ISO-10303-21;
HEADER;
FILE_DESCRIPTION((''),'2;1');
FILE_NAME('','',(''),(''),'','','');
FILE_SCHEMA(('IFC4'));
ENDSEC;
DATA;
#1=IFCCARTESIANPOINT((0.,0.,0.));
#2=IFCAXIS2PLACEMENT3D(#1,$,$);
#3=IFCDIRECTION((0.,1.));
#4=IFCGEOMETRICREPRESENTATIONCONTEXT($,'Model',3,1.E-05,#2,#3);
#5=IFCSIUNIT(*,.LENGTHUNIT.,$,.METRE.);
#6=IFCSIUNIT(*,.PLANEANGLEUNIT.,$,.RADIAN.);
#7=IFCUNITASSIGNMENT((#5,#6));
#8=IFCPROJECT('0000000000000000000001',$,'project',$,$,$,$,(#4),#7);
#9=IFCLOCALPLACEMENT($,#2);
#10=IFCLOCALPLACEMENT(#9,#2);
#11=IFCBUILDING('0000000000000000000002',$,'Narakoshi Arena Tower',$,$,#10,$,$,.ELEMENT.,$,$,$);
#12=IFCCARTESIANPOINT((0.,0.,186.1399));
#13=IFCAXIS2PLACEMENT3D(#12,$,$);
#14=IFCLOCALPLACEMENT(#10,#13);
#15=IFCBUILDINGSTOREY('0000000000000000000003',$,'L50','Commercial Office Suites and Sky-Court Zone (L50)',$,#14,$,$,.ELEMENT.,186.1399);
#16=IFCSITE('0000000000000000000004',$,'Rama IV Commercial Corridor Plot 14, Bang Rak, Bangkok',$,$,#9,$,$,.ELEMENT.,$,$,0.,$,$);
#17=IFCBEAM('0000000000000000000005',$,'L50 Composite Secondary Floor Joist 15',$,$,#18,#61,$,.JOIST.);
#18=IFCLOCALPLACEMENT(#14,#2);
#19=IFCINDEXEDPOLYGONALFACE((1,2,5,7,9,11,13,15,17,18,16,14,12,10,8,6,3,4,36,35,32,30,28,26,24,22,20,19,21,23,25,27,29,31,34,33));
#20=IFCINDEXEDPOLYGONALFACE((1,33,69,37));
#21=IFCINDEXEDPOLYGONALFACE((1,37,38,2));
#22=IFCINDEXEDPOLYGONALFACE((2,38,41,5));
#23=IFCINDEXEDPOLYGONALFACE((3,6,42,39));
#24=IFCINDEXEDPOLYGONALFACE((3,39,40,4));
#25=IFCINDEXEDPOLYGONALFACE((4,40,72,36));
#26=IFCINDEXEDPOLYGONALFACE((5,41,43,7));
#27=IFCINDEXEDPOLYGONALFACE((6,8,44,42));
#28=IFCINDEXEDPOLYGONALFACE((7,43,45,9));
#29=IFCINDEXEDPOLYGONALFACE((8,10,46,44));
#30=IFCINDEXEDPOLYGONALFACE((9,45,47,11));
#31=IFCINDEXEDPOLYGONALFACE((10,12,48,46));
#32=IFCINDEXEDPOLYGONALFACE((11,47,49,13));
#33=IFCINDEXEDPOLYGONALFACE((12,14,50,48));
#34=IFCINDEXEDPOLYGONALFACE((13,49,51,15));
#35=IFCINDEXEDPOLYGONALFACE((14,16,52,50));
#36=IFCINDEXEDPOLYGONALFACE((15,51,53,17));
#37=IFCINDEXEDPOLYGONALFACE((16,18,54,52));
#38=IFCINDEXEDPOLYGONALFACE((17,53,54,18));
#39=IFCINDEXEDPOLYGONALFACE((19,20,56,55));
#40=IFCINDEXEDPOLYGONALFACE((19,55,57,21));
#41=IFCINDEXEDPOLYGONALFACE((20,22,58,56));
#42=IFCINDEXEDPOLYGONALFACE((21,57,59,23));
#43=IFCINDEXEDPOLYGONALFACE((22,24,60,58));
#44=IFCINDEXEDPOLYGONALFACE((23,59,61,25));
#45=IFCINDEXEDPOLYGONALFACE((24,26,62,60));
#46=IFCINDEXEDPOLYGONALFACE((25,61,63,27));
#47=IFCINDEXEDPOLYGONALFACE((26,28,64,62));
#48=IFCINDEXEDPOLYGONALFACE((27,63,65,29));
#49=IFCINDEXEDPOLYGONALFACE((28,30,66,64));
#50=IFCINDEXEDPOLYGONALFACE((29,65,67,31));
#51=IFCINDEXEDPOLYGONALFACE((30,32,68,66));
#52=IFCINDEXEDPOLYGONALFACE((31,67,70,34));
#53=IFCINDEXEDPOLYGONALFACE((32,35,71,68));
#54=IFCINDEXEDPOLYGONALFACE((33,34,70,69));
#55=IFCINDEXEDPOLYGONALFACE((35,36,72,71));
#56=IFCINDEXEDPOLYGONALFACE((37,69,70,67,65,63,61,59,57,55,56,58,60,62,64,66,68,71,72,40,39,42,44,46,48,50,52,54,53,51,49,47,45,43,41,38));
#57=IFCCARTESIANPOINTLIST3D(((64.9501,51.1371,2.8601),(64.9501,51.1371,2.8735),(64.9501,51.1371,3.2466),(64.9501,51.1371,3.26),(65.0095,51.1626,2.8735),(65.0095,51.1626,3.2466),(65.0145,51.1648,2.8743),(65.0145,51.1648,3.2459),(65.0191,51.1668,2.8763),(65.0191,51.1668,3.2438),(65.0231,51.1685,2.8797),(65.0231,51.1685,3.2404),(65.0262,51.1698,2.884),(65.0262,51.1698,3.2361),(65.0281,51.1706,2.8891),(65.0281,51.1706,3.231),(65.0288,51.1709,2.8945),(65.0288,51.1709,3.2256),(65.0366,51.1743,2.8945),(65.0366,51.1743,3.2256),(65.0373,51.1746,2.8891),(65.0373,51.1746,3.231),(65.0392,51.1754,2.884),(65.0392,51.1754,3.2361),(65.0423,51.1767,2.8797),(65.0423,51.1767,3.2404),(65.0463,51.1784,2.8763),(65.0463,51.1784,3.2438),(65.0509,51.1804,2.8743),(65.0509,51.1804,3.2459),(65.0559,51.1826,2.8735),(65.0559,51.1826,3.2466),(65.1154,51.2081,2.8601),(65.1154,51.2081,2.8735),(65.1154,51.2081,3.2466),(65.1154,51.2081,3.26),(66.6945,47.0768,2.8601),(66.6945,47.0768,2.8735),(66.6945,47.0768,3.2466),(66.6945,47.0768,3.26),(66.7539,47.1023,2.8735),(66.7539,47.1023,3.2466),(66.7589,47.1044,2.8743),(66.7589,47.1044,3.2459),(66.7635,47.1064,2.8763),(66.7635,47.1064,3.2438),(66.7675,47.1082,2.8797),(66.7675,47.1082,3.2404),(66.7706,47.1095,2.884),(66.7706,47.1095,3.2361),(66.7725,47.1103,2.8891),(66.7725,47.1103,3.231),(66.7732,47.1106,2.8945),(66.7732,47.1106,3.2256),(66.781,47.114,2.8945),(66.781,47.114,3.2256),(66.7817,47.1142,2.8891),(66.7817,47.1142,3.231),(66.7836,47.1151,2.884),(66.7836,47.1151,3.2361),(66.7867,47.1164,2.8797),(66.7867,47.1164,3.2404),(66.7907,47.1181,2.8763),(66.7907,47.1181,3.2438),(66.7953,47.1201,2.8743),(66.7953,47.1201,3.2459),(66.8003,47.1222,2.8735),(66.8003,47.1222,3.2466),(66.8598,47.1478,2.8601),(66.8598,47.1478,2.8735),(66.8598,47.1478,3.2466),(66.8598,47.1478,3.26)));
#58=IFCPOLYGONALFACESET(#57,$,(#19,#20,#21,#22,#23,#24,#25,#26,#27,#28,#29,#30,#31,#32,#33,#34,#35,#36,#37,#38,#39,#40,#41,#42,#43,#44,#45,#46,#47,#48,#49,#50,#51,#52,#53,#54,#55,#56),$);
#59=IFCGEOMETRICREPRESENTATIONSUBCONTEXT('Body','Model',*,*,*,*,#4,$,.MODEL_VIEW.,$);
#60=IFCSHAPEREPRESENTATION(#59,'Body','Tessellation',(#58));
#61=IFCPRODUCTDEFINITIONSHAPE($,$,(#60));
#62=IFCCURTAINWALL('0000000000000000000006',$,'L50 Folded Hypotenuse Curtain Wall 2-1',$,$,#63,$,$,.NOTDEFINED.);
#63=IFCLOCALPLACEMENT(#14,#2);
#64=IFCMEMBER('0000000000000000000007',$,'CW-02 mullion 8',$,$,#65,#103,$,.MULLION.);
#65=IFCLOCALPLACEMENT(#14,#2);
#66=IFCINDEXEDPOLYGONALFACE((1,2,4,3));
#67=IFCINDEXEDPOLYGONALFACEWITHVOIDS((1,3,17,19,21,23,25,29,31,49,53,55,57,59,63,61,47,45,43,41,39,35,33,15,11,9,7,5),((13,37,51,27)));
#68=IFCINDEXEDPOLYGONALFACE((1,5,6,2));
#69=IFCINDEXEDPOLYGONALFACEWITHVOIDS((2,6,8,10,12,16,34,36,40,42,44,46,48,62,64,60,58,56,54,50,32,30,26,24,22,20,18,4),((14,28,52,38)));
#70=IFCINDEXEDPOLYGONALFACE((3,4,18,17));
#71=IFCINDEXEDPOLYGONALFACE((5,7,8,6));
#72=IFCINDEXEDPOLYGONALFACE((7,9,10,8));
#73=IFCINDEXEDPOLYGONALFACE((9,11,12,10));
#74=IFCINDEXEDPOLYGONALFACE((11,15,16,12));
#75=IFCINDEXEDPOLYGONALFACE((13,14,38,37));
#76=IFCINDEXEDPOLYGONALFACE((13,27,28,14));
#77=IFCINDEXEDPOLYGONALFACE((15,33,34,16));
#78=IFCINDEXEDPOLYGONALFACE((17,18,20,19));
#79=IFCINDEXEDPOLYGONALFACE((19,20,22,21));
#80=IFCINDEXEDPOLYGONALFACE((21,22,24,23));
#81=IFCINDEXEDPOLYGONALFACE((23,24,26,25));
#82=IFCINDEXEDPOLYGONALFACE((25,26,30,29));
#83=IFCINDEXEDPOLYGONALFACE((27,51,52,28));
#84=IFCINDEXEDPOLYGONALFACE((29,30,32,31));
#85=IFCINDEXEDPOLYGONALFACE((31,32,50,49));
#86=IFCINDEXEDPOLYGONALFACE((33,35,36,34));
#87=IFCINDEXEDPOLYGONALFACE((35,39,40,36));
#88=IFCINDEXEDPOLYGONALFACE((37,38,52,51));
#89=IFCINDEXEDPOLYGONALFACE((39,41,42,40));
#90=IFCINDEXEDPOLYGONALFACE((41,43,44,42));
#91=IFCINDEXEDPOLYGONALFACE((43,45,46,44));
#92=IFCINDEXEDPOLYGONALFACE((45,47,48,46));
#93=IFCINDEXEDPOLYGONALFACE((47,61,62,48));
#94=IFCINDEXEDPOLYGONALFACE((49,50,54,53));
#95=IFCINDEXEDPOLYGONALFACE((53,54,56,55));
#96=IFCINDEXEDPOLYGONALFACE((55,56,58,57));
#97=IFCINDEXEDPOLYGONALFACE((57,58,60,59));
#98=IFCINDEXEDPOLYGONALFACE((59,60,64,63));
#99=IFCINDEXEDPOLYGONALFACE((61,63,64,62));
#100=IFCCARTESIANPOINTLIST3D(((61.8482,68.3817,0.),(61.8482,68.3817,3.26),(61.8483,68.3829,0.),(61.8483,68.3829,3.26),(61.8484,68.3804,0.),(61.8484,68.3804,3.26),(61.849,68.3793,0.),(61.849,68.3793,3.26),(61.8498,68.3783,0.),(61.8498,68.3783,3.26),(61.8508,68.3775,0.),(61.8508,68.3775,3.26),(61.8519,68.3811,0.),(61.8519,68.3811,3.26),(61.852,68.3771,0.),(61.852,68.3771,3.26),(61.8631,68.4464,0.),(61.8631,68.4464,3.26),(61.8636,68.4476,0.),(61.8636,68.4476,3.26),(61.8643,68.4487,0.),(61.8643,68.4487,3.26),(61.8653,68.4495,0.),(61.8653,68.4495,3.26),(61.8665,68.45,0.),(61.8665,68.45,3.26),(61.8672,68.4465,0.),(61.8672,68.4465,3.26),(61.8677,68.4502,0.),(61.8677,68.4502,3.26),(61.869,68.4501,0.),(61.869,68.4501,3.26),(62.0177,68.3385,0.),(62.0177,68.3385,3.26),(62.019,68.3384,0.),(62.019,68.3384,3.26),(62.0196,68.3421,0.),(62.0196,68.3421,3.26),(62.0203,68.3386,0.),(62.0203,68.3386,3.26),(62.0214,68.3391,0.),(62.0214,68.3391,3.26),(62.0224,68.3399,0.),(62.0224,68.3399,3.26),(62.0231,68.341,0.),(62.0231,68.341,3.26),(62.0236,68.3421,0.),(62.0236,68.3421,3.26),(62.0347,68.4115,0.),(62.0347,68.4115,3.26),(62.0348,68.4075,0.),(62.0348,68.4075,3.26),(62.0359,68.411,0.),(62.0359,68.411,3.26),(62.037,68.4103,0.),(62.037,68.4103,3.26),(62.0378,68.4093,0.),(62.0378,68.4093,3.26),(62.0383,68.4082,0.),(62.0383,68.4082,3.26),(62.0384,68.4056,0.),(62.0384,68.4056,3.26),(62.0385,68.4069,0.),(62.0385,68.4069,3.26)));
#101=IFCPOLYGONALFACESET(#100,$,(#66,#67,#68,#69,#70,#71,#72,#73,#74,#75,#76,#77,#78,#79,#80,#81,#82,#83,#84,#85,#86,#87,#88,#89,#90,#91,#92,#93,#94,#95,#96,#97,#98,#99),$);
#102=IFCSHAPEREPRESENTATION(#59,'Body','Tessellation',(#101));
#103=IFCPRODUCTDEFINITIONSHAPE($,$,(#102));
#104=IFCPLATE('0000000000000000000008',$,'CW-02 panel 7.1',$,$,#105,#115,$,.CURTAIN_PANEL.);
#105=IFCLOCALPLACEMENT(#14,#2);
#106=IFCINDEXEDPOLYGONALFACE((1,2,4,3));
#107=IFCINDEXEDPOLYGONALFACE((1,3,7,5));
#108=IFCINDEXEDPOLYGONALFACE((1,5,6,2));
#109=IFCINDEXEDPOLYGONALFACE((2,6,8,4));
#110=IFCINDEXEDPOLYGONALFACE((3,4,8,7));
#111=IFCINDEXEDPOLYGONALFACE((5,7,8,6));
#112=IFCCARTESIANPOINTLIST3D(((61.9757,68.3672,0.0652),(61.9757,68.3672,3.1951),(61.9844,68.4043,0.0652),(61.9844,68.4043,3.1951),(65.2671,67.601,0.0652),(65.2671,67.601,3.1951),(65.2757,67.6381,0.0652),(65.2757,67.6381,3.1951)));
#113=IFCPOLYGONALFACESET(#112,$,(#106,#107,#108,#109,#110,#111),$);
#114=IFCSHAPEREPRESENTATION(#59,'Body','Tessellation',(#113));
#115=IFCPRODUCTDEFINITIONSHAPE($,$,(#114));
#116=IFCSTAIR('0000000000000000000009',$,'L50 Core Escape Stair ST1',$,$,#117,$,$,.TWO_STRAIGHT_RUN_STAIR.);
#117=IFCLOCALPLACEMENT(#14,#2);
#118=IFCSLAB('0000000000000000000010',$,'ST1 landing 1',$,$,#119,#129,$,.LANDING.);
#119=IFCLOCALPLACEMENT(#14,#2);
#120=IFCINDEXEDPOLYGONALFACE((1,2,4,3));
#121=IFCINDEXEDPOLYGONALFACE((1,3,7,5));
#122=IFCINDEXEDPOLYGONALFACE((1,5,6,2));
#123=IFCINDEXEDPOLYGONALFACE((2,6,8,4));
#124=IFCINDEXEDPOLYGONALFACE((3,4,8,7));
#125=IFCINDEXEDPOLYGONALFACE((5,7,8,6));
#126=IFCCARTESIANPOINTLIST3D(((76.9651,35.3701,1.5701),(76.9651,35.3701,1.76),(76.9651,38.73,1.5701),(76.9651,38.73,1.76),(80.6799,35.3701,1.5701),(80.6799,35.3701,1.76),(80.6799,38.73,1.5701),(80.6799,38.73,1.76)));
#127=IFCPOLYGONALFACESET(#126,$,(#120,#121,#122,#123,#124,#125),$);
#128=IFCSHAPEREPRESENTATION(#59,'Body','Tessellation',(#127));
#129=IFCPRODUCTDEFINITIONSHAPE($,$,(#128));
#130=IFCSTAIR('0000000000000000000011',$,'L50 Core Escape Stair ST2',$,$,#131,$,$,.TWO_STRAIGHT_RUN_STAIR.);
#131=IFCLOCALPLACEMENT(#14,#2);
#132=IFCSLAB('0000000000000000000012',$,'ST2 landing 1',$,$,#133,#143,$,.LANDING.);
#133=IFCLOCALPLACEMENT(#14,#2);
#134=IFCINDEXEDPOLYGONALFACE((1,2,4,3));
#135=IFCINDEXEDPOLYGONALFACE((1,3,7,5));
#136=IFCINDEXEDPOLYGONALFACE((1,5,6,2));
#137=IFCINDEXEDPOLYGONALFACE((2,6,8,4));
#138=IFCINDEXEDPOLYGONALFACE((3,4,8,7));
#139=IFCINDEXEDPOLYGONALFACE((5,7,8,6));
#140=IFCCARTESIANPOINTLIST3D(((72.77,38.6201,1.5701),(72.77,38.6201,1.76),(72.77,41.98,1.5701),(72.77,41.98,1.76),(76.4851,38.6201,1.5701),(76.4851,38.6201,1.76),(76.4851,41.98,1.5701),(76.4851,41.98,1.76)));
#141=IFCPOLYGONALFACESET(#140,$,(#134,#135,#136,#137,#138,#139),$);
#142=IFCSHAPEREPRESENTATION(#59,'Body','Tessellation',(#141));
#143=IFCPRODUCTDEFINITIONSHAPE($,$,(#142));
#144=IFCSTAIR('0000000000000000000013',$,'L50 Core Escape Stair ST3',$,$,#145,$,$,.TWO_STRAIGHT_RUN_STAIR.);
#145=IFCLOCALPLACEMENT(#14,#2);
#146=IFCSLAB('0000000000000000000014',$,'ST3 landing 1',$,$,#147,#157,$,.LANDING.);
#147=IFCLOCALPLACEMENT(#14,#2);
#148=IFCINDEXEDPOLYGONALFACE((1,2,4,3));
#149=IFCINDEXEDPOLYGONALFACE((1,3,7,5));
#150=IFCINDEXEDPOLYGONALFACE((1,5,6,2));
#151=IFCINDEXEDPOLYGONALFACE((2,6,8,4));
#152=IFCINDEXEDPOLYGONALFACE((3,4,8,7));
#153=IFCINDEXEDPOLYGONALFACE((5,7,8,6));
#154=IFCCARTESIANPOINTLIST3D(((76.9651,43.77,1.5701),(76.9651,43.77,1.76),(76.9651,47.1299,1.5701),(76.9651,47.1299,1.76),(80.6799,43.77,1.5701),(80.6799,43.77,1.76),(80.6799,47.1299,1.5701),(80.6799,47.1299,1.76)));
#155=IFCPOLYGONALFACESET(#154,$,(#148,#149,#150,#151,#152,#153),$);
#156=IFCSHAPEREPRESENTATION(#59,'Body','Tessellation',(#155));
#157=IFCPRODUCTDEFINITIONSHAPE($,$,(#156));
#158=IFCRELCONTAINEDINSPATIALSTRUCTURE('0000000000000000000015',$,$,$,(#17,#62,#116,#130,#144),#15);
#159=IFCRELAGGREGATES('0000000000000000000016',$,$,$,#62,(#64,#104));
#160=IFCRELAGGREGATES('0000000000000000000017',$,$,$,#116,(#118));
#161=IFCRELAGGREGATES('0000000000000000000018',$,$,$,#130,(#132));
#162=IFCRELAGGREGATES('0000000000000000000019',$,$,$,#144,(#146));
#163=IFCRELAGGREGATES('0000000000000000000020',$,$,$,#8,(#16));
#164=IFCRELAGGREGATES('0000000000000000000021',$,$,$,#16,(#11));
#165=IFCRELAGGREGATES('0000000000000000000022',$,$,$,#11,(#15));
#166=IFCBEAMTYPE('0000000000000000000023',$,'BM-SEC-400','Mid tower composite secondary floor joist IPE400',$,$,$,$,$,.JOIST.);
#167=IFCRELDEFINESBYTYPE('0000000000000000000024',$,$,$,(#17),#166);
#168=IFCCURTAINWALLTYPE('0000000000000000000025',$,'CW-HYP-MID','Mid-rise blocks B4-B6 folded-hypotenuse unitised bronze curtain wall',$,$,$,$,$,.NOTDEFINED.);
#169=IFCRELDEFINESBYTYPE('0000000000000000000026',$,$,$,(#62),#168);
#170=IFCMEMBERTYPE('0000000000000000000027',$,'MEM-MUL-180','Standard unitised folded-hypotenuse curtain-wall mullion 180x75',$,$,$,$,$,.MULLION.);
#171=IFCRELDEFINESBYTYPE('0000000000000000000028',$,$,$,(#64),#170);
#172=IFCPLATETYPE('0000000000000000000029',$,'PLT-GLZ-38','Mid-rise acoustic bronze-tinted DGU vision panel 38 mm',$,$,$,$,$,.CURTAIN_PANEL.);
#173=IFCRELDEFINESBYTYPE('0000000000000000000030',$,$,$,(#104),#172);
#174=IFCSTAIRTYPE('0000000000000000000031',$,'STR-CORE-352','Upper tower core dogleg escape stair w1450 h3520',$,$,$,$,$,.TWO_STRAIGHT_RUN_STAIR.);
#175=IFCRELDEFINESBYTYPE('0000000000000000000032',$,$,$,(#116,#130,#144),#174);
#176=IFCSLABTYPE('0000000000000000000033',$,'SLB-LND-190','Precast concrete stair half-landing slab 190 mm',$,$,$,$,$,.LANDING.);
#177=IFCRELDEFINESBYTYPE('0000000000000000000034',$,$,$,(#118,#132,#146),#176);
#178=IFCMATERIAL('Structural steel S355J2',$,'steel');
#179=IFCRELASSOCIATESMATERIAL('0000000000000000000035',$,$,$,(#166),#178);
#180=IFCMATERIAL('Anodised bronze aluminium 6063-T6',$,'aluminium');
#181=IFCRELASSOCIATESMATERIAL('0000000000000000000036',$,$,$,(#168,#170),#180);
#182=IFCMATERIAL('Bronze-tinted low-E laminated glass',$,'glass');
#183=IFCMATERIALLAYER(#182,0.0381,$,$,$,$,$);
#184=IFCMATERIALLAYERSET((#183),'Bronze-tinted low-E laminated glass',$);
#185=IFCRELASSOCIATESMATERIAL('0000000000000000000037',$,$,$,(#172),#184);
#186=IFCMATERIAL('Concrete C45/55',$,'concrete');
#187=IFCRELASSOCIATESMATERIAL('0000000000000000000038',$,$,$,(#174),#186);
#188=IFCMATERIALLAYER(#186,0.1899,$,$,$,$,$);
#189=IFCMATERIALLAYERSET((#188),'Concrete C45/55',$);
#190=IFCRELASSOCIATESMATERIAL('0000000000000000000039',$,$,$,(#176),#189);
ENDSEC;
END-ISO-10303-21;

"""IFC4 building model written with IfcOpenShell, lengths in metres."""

from ifc_helpers import new_model, si_unit, direction, frame, origin, origin_2d, place, context, subcontext, project, spatial, polyline, rectangle, hollow_rectangle, i_section, outline, extrude, material, layer, layer_set, material_profile, profile_set, type_object, element, aggregate, save


model = new_model("IFC4")

# Units and contexts
model_context = context("Model", 3, precision=1e-05, world=origin(), true_north=direction((0.0, 1.0)))
body_context = subcontext(model_context, "Body", "Model", "MODEL_VIEW")
ifc_project = project(units=[si_unit("LENGTHUNIT", "METRE"), si_unit("PLANEANGLEUNIT", "RADIAN")], contexts=[model_context])

# Site, building, storey
site_placement = place(None, origin())
site = spatial("IfcSite", under=ifc_project, at=site_placement, Name="Rama IV Commercial Corridor Plot 14, Bang Rak, Bangkok", CompositionType="ELEMENT", RefElevation=0.0)
building_placement = place(site_placement, origin())
building = spatial("IfcBuilding", under=site, at=building_placement, Name="Narakoshi Arena Tower", CompositionType="ELEMENT")
storey_placement = place(building_placement, frame((0.0, 0.0, 186.1399)))
storey = spatial("IfcBuildingStorey", under=building, at=storey_placement, Name="L50", Description="Commercial Office Suites and Sky-Court Zone (L50)", CompositionType="ELEMENT", Elevation=186.1399)

# Beam
ifc_material_1 = material(Name="Structural steel S355J2", Category="steel")
ifc_material_profile_1 = material_profile(ifc_material_1, i_section(OverallWidth=0.1799, OverallDepth=0.3999, WebThickness=0.0085, FlangeThickness=0.0134, FilletRadius=0.021, at=origin_2d()), Name="IPE400")
ifc_profile_set_1 = profile_set([ifc_material_profile_1], Name="Structural steel S355J2")
beam_type_1 = type_object("IfcBeamType", Name="BM-SEC-400", Description="Mid tower composite secondary floor joist IPE400", PredefinedType="JOIST", material=ifc_profile_set_1)
beam_1_placement = place(storey_placement, frame((65.0327, 51.1726, 3.0601), z_axis=(0.394733, -0.918796, 0.0), x_axis=(0.918796, 0.394733, 0.0)))
element("IfcBeam", 1, at=beam_1_placement, inside=storey, type_object=beam_type_1, Name="L50 Composite Secondary Floor Joist 15", PredefinedType="JOIST", context=body_context, shape_type="SweptSolid", body=[
    extrude(i_section(OverallWidth=0.1799, OverallDepth=0.3999, WebThickness=0.0085, FlangeThickness=0.0134, FilletRadius=0.021, at=origin_2d()), origin(), (0.0, 0.0, 1.0), 4.4192),
])

# Curtain wall, member, plate
ifc_material_2 = material(Name="Anodised bronze aluminium 6063-T6", Category="aluminium")
curtain_wall_type = type_object("IfcCurtainWallType", Name="CW-HYP-MID", Description="Mid-rise blocks B4-B6 folded-hypotenuse unitised bronze curtain wall", PredefinedType="NOTDEFINED", material=ifc_material_2)
curtain_wall_placement = place(storey_placement, origin())
curtain_wall = element("IfcCurtainWall", 2, at=curtain_wall_placement, inside=storey, type_object=curtain_wall_type, Name="L50 Folded Hypotenuse Curtain Wall 2-1", PredefinedType="NOTDEFINED")
ifc_material_profile_2 = material_profile(ifc_material_2, hollow_rectangle(XDim=0.075, YDim=0.1799, WallThickness=0.0039, OuterFilletRadius=0.0049, at=origin_2d()), Name="MUL180x75x4")
ifc_profile_set_2 = profile_set([ifc_material_profile_2], Name="Anodised bronze aluminium 6063-T6")
member_type = type_object("IfcMemberType", Name="MEM-MUL-180", Description="Standard unitised folded-hypotenuse curtain-wall mullion 180x75", PredefinedType="MULLION", material=ifc_profile_set_2)
member_placement = place(storey_placement, frame((61.9434, 68.3943, 0.0), z_axis=(0.0, 0.0, 1.0), x_axis=(-0.226721, -0.97396, 0.0)))
member = element("IfcMember", 3, at=member_placement, type_object=member_type, Name="CW-02 mullion 8", PredefinedType="MULLION", context=body_context, shape_type="SweptSolid", body=[
    extrude(hollow_rectangle(XDim=0.075, YDim=0.1799, WallThickness=0.0039, OuterFilletRadius=0.0049, at=origin_2d()), origin(), (0.0, 0.0, 1.0), 3.26),
])
ifc_material_3 = material(Name="Bronze-tinted low-E laminated glass", Category="glass")
ifc_layer_1 = layer(ifc_material_3, 0.0381)
ifc_layer_set_1 = layer_set([ifc_layer_1], Name="Bronze-tinted low-E laminated glass")
plate_type = type_object("IfcPlateType", Name="PLT-GLZ-38", Description="Mid-rise acoustic bronze-tinted DGU vision panel 38 mm", PredefinedType="CURTAIN_PANEL", material=ifc_layer_set_1)
plate_placement = place(storey_placement, frame((63.6257, 68.0027, 0.0652), z_axis=(0.0, 0.0, 1.0), x_axis=(-0.97396, 0.226721, 0.0)))
plate = element("IfcPlate", 4, at=plate_placement, type_object=plate_type, Name="CW-02 panel 7.1", PredefinedType="CURTAIN_PANEL", context=body_context, shape_type="SweptSolid", body=[
    extrude(rectangle(XDim=3.3794, YDim=0.0381, at=origin_2d()), origin(), (0.0, 0.0, 1.0), 3.1299),
])
aggregate(curtain_wall, [member, plate])

# Stairs, slabs
ifc_material_4 = material(Name="Concrete C45/55", Category="concrete")
stair_type = type_object("IfcStairType", Name="STR-CORE-352", Description="Upper tower core dogleg escape stair w1450 h3520", PredefinedType="TWO_STRAIGHT_RUN_STAIR", material=ifc_material_4)
stair_1_placement = place(storey_placement, origin())
stair_1 = element("IfcStair", 5, at=stair_1_placement, inside=storey, type_object=stair_type, Name="L50 Core Escape Stair ST1", PredefinedType="TWO_STRAIGHT_RUN_STAIR")
ifc_layer_2 = layer(ifc_material_4, 0.1899)
ifc_layer_set_2 = layer_set([ifc_layer_2], Name="Concrete C45/55")
slab_type_1 = type_object("IfcSlabType", Name="SLB-LND-190", Description="Precast concrete stair half-landing slab 190 mm", PredefinedType="LANDING", material=ifc_layer_set_2)
slab_1_placement = place(storey_placement, frame((0.0, 0.0, 1.5701)))
slab_1 = element("IfcSlab", 6, at=slab_1_placement, type_object=slab_type_1, Name="ST1 landing 1", PredefinedType="LANDING", context=body_context, shape_type="SweptSolid", body=[
    extrude(outline(polyline([(76.9651, 35.3701), (80.6799, 35.3701), (80.6799, 38.73), (76.9651, 38.73), (76.9651, 35.3701)])), origin(), (0.0, 0.0, 1.0), 0.1899),
])
aggregate(stair_1, [slab_1])
stair_2_placement = place(storey_placement, origin())
stair_2 = element("IfcStair", 7, at=stair_2_placement, inside=storey, type_object=stair_type, Name="L50 Core Escape Stair ST2", PredefinedType="TWO_STRAIGHT_RUN_STAIR")
slab_2_placement = place(storey_placement, frame((0.0, 0.0, 1.5701)))
slab_2 = element("IfcSlab", 8, at=slab_2_placement, type_object=slab_type_1, Name="ST2 landing 1", PredefinedType="LANDING", context=body_context, shape_type="SweptSolid", body=[
    extrude(outline(polyline([(72.77, 38.6201), (76.4851, 38.6201), (76.4851, 41.98), (72.77, 41.98), (72.77, 38.6201)])), origin(), (0.0, 0.0, 1.0), 0.1899),
])
aggregate(stair_2, [slab_2])
stair_3_placement = place(storey_placement, origin())
stair_3 = element("IfcStair", 9, at=stair_3_placement, inside=storey, type_object=stair_type, Name="L50 Core Escape Stair ST3", PredefinedType="TWO_STRAIGHT_RUN_STAIR")
slab_3_placement = place(storey_placement, frame((0.0, 0.0, 1.5701)))
slab_3 = element("IfcSlab", 10, at=slab_3_placement, type_object=slab_type_1, Name="ST3 landing 1", PredefinedType="LANDING", context=body_context, shape_type="SweptSolid", body=[
    extrude(outline(polyline([(76.9651, 43.77), (80.6799, 43.77), (80.6799, 47.1299), (76.9651, 47.1299), (76.9651, 43.77)])), origin(), (0.0, 0.0, 1.0), 0.1899),
])
aggregate(stair_3, [slab_3])

save(model, "model.ifc")
